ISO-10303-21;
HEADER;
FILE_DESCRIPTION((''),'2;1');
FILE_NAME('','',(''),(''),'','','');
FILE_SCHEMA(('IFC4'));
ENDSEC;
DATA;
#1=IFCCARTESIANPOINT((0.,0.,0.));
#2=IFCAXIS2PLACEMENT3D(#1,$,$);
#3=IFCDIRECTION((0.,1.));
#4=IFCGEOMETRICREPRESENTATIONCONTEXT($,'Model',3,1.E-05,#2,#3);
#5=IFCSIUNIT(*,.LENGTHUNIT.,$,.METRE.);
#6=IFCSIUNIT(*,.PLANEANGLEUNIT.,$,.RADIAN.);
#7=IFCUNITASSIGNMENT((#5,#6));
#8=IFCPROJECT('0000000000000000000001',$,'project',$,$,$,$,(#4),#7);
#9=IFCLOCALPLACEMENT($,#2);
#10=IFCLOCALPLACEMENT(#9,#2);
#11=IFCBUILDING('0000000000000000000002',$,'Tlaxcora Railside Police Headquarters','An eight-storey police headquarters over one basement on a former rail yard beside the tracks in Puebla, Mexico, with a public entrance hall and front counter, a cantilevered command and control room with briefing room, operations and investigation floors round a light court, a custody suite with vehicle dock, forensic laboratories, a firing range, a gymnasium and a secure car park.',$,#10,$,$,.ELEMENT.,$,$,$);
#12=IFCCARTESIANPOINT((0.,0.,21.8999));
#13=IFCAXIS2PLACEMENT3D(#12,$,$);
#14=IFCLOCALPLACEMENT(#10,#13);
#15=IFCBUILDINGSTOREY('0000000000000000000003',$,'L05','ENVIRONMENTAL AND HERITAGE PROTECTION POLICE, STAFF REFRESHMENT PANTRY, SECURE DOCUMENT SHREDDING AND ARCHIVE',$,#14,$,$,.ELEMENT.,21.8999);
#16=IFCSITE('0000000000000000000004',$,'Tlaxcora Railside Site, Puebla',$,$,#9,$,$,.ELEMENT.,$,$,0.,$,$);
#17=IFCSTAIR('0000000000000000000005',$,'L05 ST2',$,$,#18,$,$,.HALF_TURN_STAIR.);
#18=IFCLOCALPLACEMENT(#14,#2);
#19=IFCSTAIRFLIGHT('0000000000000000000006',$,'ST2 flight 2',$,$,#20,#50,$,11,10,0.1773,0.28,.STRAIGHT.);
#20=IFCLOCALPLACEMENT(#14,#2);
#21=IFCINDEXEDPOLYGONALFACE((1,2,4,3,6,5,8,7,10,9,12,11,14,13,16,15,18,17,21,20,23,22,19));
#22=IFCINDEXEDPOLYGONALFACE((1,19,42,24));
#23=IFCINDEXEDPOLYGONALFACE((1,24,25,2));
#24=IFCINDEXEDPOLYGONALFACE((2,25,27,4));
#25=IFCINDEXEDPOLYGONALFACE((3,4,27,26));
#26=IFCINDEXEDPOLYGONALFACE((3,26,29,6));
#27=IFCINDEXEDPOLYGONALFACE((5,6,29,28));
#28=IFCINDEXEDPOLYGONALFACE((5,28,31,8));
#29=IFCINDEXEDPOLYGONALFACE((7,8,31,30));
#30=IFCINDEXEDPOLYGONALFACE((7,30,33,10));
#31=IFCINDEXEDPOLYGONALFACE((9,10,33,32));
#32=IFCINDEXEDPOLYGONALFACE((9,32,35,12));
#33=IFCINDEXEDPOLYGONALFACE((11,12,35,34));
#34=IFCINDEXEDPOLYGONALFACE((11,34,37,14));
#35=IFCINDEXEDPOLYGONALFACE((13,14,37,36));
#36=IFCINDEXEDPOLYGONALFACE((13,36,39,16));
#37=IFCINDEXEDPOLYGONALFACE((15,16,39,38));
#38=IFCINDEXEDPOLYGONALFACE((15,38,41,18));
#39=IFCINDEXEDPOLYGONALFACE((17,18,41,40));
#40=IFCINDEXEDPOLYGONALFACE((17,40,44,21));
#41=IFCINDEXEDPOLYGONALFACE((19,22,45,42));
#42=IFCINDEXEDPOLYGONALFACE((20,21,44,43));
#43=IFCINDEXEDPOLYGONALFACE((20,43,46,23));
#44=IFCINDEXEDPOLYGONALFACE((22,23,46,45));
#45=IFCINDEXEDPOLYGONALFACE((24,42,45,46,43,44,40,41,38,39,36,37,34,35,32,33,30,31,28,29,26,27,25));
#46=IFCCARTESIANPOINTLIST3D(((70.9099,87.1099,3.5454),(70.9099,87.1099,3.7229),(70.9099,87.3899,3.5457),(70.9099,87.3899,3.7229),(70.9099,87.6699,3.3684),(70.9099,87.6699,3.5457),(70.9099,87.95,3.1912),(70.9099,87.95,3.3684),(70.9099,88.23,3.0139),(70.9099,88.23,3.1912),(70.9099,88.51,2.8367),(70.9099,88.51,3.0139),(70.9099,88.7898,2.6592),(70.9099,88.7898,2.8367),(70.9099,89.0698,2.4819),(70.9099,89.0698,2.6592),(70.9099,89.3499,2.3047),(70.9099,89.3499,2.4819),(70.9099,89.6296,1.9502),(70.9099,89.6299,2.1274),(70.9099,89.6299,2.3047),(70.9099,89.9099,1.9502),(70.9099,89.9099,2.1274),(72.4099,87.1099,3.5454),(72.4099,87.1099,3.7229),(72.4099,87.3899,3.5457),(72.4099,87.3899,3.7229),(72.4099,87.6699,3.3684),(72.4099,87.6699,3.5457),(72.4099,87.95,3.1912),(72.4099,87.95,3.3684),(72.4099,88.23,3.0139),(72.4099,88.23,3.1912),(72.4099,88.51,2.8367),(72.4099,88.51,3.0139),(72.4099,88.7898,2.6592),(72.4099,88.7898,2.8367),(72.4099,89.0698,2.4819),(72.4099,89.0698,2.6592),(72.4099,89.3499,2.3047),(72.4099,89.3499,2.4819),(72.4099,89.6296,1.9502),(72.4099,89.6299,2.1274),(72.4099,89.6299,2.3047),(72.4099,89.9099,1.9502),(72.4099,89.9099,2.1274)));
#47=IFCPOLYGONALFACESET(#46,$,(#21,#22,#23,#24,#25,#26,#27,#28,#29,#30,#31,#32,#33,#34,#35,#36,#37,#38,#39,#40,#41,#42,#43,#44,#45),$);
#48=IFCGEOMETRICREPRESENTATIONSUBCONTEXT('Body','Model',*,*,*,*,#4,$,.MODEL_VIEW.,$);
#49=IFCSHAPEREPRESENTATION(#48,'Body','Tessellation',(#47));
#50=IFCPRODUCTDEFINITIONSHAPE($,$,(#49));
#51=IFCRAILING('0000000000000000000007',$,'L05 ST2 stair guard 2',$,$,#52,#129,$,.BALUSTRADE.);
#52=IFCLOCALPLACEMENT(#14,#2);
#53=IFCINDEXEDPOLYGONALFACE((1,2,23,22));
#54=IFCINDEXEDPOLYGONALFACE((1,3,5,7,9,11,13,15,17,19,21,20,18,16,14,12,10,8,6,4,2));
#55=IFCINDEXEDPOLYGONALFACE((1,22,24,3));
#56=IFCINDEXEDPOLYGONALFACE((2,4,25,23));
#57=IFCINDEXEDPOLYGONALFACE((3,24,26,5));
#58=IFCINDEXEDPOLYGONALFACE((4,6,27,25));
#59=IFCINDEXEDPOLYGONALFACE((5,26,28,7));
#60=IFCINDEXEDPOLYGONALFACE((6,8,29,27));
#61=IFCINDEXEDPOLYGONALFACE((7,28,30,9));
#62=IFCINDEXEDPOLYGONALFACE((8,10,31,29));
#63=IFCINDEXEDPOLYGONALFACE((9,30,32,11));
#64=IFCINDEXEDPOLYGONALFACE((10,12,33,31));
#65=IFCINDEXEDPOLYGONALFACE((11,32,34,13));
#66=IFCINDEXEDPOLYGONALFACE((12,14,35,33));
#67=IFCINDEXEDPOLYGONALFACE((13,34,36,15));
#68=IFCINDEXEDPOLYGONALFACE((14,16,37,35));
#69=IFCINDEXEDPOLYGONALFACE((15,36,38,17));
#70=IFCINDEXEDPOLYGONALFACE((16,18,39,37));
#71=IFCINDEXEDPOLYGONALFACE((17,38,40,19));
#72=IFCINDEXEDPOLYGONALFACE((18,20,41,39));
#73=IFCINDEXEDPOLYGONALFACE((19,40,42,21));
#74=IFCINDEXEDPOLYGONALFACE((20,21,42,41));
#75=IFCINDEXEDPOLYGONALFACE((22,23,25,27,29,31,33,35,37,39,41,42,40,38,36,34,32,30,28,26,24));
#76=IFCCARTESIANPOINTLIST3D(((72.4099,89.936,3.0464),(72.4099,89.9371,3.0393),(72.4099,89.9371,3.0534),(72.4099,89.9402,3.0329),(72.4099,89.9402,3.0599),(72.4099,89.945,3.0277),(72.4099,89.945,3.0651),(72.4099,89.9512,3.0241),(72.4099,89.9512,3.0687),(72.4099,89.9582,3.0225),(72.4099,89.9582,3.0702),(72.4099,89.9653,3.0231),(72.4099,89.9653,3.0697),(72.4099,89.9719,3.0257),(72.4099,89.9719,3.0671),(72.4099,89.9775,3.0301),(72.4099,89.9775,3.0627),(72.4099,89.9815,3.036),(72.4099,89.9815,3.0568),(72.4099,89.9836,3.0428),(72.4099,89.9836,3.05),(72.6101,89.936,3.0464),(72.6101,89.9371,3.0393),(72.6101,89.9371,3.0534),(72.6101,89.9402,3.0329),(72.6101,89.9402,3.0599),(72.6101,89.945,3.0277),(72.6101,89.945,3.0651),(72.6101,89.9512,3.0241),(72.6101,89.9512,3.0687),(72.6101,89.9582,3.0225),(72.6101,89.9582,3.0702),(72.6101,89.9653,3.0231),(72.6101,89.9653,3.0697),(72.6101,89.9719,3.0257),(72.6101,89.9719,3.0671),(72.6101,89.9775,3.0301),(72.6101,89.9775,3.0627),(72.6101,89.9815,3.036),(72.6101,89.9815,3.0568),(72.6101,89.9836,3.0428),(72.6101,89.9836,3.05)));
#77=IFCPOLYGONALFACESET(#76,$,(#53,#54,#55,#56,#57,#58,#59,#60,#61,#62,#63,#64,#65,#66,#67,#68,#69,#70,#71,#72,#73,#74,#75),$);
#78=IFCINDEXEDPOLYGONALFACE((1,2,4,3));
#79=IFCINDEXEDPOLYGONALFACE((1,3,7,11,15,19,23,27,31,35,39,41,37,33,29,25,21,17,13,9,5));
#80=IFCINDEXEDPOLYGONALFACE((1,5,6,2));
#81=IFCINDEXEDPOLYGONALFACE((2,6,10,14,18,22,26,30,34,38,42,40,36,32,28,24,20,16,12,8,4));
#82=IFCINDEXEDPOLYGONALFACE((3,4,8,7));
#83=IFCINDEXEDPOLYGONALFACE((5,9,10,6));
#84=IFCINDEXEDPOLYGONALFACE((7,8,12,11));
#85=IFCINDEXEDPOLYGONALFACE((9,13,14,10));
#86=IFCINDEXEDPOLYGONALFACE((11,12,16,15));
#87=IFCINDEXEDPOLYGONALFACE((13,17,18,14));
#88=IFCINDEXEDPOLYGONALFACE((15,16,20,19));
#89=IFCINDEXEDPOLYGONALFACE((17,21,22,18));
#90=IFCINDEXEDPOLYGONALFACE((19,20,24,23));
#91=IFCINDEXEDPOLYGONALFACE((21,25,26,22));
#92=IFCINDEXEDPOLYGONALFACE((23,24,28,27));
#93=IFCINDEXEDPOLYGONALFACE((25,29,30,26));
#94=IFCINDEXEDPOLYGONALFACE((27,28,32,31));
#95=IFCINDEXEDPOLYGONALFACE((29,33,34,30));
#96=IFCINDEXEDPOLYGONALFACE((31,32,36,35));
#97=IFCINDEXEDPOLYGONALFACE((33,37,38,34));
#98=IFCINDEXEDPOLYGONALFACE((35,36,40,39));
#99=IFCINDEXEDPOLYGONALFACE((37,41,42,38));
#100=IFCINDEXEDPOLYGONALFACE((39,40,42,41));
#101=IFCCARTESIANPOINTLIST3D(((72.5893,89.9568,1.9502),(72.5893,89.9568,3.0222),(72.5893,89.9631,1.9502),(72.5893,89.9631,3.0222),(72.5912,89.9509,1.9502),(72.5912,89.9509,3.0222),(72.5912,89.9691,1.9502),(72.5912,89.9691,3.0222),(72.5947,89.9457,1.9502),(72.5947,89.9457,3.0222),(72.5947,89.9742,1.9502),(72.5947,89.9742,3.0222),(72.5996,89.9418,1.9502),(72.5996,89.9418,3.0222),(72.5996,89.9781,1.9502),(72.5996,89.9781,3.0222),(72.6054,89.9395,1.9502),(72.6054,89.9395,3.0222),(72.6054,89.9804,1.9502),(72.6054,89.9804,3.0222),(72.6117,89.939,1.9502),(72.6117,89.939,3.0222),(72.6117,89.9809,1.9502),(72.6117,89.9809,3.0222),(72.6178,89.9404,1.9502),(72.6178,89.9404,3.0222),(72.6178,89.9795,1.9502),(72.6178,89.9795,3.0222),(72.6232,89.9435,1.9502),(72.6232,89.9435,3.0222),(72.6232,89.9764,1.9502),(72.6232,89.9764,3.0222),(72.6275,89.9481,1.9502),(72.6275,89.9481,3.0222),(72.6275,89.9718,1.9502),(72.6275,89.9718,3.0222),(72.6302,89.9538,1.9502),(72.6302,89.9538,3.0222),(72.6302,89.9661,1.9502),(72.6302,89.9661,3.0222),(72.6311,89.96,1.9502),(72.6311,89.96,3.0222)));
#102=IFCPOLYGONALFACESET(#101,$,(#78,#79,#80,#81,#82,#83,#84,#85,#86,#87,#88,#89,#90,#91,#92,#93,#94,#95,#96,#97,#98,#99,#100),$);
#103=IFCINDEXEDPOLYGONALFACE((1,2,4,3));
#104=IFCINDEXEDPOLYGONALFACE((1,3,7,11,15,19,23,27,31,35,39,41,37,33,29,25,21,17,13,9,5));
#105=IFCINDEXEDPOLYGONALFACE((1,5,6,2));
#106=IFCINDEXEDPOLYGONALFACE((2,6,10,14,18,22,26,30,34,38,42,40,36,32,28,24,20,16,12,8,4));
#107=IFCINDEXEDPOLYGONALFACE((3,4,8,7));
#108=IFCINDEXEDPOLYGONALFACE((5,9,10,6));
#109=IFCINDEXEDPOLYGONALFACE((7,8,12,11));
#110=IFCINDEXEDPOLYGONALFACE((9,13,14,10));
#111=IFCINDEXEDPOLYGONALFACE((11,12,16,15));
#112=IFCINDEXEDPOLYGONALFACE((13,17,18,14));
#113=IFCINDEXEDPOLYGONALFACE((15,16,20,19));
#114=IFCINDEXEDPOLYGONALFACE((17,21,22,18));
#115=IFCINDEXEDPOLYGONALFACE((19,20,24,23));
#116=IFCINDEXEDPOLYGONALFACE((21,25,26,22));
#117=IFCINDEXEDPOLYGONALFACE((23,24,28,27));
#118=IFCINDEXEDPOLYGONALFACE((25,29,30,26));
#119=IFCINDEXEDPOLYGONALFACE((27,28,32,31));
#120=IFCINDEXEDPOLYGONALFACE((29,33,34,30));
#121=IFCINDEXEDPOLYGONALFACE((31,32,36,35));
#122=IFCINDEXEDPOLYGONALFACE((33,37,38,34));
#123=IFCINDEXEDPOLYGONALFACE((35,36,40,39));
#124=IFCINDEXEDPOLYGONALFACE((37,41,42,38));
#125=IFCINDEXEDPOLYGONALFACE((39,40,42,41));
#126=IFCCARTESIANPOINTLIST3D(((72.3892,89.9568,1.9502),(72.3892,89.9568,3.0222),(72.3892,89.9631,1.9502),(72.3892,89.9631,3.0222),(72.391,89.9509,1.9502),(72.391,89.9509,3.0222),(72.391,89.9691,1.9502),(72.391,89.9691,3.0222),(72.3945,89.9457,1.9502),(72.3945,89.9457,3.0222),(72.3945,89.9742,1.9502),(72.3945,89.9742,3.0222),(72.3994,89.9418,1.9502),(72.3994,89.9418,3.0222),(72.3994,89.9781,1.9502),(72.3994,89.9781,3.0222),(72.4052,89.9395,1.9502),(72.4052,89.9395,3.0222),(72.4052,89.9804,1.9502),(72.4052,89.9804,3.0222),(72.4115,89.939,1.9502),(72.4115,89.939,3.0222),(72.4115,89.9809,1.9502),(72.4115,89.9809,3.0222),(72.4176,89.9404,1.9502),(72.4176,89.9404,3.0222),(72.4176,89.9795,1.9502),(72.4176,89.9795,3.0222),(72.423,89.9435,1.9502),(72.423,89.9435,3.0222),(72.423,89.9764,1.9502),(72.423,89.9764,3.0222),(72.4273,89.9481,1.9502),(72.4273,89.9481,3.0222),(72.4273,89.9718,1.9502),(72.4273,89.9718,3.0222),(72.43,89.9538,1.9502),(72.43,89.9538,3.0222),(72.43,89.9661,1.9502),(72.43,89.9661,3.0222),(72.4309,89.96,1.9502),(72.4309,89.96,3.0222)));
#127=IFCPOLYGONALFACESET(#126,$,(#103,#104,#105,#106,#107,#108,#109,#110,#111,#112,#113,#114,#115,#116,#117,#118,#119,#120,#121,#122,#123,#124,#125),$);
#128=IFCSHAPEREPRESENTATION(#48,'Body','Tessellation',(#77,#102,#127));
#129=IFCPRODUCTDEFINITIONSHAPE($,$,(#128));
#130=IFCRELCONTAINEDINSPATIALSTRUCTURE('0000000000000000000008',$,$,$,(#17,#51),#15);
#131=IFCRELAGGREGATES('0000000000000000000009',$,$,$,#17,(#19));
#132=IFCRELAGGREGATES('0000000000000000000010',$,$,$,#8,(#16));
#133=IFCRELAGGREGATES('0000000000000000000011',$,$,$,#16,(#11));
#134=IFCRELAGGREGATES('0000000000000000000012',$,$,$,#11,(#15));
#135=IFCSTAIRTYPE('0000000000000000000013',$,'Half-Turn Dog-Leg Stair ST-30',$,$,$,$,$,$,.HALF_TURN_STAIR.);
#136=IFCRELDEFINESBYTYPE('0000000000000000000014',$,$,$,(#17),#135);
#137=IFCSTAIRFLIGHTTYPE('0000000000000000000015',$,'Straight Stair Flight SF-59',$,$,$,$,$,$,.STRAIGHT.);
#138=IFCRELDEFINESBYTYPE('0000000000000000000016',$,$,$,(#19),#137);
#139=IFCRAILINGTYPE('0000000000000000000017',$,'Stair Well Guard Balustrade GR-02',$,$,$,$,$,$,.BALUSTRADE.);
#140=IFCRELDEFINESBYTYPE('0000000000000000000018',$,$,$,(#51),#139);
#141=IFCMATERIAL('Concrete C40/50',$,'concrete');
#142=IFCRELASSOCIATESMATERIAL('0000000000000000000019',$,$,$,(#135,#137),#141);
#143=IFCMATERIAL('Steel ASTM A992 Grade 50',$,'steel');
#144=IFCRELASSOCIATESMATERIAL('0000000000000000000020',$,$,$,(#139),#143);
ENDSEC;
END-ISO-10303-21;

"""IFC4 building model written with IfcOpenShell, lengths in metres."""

from ifc_helpers import new_model, si_unit, direction, frame, origin, origin_2d, place, context, subcontext, project, spatial, polyline, circle, outline, extrude, material, type_object, element, aggregate, save


model = new_model("IFC4")

# Units and contexts
model_context = context("Model", 3, precision=1e-05, world=origin(), true_north=direction((0.0, 1.0)))
body_context = subcontext(model_context, "Body", "Model", "MODEL_VIEW")
ifc_project = project(units=[si_unit("LENGTHUNIT", "METRE"), si_unit("PLANEANGLEUNIT", "RADIAN")], contexts=[model_context])

# Site, building, storey
site_placement = place(None, origin())
site = spatial("IfcSite", under=ifc_project, at=site_placement, Name="Tlaxcora Railside Site, Puebla", CompositionType="ELEMENT", RefElevation=0.0)
building_placement = place(site_placement, origin())
building = spatial("IfcBuilding", under=site, at=building_placement, Name="Tlaxcora Railside Police Headquarters", Description="An eight-storey police headquarters over one basement on a former rail yard beside the tracks in Puebla, Mexico, with a public entrance hall and front counter, a cantilevered command and control room with briefing room, operations and investigation floors round a light court, a custody suite with vehicle dock, forensic laboratories, a firing range, a gymnasium and a secure car park.", CompositionType="ELEMENT")
storey_placement = place(building_placement, frame((0.0, 0.0, 21.8999)))
storey = spatial("IfcBuildingStorey", under=building, at=storey_placement, Name="L05", Description="ENVIRONMENTAL AND HERITAGE PROTECTION POLICE, STAFF REFRESHMENT PANTRY, SECURE DOCUMENT SHREDDING AND ARCHIVE", CompositionType="ELEMENT", Elevation=21.8999)

# Shared definitions
ifc_material_1 = material(Name="Concrete C40/50", Category="concrete")

# Shared definitions
ifc_material_2 = material(Name="Steel ASTM A992 Grade 50", Category="steel")

# Stair, stair flight
stair_type = type_object("IfcStairType", Name="Half-Turn Dog-Leg Stair ST-30", PredefinedType="HALF_TURN_STAIR", material=ifc_material_1)
stair_placement = place(storey_placement, origin())
stair = element("IfcStair", 1, at=stair_placement, inside=storey, type_object=stair_type, Name="L05 ST2", PredefinedType="HALF_TURN_STAIR")
stair_flight_type = type_object("IfcStairFlightType", Name="Straight Stair Flight SF-59", PredefinedType="STRAIGHT", material=ifc_material_1)
stair_flight_placement = place(storey_placement, frame((71.6599, 89.9099, 1.9502), z_axis=(0.0, 0.0, 1.0), x_axis=(0.0, -1.0, 0.0)))
stair_flight = element("IfcStairFlight", 2, at=stair_flight_placement, type_object=stair_flight_type, Name="ST2 flight 2", NumberOfRisers=11, NumberOfTreads=10, PredefinedType="STRAIGHT", RiserHeight=0.1773, TreadLength=0.28, context=body_context, shape_type="SweptSolid", body=[
    extrude(outline(polyline([(0.0, 0.0), (0.0, 0.1772), (0.28, 0.1772), (0.28, 0.3545), (0.5601, 0.3545), (0.5601, 0.5317), (0.8401, 0.5317), (0.8401, 0.709), (1.1201, 0.709), (1.1201, 0.8865), (1.3999, 0.8865), (1.3999, 1.0637), (1.6799, 1.0637), (1.6799, 1.241), (1.96, 1.241), (1.96, 1.4182), (2.24, 1.4182), (2.24, 1.5955), (2.52, 1.5955), (2.52, 1.7727), (2.8, 1.7727), (2.8, 1.95), (2.8, 1.5952), (0.2803, 0.0), (0.0, 0.0)])), frame((0.0, 0.75, 0.0), z_axis=(0.0, -1.0, 0.0), x_axis=(1.0, 0.0, 0.0)), (0.0, 0.0, 1.0), 1.5),
])
aggregate(stair, [stair_flight])

# Railing
railing_type_1 = type_object("IfcRailingType", Name="Stair Well Guard Balustrade GR-02", PredefinedType="BALUSTRADE", material=ifc_material_2)
railing_1_placement = place(storey_placement, frame((72.6101, 89.96, 1.9502)))
element("IfcRailing", 3, at=railing_1_placement, inside=storey, type_object=railing_type_1, Name="L05 ST2 stair guard 2", PredefinedType="BALUSTRADE", context=body_context, shape_type="SweptSolid", body=[
    extrude(circle(Radius=0.0239, at=origin_2d()), frame((0.0, 0.0, 1.0962), z_axis=(-1.0, 0.0, 0.0), x_axis=(0.0, -1.0, 0.0)), (0.0, 0.0, 1.0), 0.2002),
    extrude(circle(Radius=0.021, at=origin_2d()), origin(), (0.0, 0.0, 1.0), 1.072),
    extrude(circle(Radius=0.021, at=origin_2d()), frame((-0.2002, 0.0, 0.0)), (0.0, 0.0, 1.0), 1.072),
])

save(model, "model.ifc")
